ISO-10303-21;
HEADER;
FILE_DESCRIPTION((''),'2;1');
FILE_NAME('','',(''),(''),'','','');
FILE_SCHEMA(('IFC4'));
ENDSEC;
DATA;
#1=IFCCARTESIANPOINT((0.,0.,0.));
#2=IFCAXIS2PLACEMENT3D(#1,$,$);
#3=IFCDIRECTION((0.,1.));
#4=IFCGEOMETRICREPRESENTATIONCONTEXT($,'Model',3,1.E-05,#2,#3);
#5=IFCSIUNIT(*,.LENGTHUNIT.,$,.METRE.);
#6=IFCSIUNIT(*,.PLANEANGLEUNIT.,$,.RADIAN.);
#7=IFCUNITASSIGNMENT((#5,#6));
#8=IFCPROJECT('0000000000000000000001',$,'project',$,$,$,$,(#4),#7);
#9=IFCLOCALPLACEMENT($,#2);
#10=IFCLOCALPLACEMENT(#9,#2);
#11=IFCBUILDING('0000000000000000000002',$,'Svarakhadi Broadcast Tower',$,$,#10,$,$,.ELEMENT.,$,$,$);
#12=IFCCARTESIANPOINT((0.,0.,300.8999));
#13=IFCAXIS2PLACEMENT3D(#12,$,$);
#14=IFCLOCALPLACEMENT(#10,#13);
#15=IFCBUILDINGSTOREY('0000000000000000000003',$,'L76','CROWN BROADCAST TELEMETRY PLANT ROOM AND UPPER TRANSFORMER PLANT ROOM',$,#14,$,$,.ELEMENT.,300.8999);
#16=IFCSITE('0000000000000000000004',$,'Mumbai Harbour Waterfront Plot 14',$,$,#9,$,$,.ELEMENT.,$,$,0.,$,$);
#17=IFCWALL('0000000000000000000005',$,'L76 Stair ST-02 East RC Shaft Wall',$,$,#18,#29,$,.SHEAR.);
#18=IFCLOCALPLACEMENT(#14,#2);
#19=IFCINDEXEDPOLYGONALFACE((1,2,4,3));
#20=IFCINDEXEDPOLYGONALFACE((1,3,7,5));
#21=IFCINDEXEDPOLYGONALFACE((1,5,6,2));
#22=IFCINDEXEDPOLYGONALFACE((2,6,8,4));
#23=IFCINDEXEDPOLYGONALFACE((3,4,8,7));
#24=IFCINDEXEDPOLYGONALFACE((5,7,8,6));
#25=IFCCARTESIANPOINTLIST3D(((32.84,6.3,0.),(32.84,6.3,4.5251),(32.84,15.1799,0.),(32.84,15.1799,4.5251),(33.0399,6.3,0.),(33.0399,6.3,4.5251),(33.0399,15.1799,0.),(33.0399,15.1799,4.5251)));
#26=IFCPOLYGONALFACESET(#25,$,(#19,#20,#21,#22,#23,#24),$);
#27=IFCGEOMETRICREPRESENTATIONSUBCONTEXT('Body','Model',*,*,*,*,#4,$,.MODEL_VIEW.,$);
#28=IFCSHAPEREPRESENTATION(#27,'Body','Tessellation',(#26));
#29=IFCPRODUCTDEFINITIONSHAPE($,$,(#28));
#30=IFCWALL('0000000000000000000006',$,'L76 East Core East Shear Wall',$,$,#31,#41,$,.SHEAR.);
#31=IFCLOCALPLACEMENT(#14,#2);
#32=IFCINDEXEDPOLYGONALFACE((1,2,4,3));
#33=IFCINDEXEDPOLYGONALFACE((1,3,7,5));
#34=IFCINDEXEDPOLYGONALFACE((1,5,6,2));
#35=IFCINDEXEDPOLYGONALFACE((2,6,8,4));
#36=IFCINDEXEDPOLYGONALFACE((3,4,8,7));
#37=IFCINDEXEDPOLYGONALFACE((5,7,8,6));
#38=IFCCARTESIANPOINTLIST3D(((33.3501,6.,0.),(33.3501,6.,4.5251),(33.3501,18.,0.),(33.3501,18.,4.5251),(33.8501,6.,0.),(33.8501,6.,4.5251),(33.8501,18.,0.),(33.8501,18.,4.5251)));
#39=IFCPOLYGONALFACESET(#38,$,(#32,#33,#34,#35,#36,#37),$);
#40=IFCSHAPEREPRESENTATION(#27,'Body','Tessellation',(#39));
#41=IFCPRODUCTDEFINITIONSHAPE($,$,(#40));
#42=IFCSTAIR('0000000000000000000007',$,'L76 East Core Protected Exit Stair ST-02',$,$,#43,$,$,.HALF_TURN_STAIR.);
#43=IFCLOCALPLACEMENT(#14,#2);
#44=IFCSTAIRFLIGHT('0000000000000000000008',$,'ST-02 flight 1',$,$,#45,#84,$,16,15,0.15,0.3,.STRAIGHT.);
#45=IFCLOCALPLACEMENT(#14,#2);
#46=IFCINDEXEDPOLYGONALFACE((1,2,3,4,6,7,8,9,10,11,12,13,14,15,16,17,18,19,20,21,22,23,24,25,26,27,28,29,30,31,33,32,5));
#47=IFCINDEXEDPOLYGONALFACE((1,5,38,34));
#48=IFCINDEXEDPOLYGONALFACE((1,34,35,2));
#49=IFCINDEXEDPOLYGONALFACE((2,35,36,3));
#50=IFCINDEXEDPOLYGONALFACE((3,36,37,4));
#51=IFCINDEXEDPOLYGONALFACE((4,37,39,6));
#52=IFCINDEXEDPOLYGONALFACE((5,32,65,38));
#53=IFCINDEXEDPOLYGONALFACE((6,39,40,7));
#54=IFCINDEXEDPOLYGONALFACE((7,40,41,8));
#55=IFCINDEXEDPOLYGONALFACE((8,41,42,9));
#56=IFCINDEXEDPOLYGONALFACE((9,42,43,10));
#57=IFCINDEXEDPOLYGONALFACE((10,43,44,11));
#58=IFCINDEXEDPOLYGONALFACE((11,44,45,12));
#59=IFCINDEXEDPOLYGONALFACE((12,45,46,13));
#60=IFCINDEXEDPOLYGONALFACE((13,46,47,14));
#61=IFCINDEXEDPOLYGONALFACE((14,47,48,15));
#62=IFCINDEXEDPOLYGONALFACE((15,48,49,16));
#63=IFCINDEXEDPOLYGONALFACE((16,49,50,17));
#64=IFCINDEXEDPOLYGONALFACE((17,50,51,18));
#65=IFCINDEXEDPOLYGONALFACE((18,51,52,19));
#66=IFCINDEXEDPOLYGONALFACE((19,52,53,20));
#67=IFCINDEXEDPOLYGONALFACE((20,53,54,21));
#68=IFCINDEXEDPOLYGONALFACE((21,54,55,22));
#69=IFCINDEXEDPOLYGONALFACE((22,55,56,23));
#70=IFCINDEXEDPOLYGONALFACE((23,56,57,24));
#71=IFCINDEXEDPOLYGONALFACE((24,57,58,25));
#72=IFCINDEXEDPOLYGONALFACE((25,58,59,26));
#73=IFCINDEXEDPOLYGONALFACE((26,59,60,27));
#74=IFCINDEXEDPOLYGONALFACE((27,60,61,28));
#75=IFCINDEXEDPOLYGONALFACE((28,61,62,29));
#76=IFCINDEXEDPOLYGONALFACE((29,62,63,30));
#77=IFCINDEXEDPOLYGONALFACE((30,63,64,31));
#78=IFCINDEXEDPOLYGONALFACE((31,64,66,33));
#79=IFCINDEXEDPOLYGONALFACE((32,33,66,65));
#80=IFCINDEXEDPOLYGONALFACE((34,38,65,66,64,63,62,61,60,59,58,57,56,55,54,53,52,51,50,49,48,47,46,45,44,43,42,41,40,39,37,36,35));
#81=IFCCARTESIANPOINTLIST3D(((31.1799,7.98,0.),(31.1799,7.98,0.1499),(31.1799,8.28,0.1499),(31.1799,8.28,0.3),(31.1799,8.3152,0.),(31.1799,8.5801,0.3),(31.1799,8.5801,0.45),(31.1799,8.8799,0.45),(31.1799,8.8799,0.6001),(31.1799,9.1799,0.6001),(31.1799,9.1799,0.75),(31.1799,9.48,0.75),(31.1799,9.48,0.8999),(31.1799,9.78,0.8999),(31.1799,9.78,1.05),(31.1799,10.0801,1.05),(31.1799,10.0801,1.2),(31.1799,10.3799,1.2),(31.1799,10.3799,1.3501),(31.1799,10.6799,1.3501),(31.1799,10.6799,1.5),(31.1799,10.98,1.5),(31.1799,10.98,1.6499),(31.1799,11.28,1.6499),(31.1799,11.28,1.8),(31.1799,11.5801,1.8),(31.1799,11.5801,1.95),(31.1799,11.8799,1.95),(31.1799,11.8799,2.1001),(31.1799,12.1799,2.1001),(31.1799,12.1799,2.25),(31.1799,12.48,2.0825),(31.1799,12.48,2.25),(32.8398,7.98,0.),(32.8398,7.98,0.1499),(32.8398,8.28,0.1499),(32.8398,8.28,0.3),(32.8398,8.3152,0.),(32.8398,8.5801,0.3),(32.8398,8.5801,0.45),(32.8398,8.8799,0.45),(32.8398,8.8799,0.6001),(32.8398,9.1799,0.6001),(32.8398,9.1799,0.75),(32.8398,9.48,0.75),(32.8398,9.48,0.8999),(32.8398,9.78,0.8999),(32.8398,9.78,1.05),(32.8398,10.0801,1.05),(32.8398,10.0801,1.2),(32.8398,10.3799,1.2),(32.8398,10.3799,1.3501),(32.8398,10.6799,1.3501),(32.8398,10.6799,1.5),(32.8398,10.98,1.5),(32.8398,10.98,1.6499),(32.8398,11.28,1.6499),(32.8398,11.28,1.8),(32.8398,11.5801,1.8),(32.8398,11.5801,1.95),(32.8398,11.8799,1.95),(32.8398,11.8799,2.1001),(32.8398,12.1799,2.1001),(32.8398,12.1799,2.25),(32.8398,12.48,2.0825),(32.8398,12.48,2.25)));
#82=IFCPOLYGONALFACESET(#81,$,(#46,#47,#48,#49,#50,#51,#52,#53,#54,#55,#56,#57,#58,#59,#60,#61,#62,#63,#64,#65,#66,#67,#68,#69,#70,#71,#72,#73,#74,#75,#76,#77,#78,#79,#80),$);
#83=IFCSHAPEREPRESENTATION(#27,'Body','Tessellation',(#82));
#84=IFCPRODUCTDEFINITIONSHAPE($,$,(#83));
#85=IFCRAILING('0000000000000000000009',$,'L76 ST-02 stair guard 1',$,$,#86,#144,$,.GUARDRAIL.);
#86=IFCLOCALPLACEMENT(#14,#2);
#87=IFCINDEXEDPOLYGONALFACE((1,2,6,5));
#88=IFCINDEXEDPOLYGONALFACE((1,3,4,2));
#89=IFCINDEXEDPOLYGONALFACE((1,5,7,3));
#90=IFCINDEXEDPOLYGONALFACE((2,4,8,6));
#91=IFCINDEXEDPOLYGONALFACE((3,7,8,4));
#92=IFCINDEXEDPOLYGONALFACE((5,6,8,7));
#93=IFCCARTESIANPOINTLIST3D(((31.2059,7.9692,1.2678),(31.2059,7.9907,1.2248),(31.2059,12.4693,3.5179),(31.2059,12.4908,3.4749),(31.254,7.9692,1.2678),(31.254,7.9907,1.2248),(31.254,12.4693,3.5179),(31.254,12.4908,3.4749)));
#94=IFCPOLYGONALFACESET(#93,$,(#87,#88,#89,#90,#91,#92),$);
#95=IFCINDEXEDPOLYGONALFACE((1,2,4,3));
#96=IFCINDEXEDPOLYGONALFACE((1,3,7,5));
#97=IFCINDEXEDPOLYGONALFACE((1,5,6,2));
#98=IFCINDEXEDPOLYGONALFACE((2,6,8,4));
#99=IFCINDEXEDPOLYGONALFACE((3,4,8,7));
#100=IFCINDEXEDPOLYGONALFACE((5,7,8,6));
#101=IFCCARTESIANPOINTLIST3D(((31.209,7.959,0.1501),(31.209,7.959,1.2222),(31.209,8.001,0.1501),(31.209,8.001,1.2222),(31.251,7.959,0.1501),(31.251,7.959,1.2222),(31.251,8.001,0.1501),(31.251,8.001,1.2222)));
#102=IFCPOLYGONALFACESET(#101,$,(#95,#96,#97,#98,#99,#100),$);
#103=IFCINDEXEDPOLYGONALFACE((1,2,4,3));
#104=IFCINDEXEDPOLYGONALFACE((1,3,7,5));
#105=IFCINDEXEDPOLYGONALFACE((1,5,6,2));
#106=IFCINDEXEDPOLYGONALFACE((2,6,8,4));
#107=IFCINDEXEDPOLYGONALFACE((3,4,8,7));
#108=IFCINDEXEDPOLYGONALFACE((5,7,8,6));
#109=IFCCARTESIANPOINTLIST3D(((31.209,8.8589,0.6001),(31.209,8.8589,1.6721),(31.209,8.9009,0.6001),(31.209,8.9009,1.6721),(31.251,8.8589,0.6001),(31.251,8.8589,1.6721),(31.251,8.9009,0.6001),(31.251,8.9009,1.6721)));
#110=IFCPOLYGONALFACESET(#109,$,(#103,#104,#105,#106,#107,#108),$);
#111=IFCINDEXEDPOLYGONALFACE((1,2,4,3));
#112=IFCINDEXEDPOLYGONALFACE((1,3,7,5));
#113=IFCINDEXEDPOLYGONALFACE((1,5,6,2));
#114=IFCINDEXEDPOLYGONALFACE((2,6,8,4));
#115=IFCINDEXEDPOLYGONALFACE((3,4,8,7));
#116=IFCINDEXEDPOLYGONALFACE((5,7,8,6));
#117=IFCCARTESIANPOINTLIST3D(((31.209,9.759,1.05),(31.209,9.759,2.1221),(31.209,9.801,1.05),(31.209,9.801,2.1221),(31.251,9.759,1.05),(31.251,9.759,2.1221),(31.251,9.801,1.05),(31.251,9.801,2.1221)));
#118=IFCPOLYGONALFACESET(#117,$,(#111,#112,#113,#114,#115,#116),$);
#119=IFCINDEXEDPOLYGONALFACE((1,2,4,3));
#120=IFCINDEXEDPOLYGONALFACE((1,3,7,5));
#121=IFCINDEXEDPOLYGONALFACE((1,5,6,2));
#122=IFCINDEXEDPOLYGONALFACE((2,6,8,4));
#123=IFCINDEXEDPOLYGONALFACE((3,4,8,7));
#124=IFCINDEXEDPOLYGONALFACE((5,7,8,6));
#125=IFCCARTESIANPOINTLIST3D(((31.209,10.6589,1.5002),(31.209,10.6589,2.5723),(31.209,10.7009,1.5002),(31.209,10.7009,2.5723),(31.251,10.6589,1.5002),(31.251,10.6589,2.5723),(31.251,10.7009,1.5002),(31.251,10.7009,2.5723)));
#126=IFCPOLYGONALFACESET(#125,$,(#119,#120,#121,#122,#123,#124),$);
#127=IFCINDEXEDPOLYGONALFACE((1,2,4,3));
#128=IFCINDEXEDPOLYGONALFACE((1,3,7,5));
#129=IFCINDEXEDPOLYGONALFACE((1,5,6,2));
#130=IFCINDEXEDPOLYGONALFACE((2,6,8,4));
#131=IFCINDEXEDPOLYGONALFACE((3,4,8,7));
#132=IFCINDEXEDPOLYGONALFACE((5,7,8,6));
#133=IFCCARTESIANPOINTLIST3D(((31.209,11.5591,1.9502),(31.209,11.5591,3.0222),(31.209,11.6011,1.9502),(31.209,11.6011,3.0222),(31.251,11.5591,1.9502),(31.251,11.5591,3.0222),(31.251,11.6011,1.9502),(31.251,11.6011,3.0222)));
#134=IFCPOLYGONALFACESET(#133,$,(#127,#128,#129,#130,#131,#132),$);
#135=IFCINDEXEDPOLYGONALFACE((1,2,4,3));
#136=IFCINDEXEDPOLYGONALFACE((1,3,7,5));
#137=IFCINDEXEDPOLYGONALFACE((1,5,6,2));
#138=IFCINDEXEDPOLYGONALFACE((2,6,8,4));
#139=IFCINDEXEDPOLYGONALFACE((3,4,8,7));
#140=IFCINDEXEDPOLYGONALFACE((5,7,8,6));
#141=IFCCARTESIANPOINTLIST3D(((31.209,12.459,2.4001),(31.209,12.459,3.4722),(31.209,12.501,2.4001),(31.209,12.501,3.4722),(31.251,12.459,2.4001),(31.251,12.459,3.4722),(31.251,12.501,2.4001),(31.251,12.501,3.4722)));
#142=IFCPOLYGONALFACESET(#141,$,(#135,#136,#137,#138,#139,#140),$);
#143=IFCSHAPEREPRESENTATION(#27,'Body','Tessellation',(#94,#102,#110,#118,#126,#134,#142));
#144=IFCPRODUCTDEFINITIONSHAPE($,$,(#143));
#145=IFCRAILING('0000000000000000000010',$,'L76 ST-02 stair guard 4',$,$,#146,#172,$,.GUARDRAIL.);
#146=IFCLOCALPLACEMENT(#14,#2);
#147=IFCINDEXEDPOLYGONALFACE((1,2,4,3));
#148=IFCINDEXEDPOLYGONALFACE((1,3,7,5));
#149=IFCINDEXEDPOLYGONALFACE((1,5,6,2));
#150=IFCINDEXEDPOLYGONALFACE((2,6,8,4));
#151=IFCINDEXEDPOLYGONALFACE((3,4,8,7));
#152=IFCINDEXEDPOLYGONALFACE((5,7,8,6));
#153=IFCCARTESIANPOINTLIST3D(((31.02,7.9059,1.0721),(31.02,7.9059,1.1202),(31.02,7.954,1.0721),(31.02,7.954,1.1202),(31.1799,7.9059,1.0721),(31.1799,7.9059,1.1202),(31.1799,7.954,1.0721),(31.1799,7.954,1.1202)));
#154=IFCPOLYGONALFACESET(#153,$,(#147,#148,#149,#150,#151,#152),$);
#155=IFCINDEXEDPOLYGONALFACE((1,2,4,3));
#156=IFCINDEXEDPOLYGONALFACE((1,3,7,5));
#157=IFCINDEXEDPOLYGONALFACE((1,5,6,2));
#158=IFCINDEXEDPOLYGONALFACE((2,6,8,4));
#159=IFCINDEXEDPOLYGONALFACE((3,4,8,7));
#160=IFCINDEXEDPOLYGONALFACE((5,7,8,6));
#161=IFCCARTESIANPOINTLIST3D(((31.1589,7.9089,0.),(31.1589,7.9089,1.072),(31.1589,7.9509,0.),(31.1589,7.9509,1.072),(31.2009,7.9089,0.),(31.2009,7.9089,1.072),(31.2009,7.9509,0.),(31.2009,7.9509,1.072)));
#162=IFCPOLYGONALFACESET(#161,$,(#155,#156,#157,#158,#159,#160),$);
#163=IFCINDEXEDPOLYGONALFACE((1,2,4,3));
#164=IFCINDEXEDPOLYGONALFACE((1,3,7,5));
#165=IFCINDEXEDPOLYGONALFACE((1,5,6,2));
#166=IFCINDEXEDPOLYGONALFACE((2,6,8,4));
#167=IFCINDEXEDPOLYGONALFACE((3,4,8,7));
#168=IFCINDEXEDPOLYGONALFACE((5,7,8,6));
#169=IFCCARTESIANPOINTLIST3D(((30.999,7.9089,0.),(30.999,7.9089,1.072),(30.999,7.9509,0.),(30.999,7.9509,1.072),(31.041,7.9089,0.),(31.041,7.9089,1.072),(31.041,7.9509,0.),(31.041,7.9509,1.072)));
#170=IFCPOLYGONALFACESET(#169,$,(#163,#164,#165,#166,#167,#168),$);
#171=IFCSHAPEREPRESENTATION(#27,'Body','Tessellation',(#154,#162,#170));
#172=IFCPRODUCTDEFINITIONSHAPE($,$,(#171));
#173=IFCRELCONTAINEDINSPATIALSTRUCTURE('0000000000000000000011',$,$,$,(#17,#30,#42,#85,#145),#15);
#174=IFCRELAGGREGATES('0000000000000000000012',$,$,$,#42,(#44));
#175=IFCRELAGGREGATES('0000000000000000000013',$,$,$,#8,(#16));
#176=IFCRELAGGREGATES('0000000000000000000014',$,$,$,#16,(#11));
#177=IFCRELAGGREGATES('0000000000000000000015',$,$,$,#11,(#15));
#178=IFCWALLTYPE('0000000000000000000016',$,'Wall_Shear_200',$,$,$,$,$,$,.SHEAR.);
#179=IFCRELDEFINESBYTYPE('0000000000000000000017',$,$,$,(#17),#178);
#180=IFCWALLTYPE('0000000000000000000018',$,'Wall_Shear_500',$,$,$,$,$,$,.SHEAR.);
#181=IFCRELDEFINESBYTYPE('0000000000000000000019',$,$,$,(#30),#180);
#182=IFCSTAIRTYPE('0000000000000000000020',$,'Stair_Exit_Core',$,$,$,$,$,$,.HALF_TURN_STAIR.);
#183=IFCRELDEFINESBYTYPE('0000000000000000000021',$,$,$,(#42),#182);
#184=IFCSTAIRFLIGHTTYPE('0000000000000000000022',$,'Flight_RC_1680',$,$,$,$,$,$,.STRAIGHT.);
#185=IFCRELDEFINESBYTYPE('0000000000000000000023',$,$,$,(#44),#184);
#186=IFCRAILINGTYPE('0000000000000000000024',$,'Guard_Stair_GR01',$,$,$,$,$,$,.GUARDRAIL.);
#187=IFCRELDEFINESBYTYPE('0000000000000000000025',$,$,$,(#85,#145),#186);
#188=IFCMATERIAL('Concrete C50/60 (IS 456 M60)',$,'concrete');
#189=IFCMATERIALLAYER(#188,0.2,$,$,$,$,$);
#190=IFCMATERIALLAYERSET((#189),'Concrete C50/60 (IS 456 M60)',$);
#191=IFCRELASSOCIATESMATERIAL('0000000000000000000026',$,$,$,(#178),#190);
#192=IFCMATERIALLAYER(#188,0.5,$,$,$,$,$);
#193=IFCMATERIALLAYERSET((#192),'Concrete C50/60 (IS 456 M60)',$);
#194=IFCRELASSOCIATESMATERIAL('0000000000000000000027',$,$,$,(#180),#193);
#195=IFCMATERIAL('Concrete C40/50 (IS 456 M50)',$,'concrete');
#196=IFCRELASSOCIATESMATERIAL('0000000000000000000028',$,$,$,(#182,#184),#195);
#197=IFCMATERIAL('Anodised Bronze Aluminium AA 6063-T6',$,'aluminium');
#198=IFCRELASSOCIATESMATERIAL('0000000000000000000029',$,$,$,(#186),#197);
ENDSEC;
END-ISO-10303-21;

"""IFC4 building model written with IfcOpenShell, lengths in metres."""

from ifc_helpers import new_model, si_unit, direction, frame, frame_2d, origin, origin_2d, place, context, subcontext, project, spatial, polyline, rectangle, outline, extrude, material, layer, layer_set, type_object, element, aggregate, save


model = new_model("IFC4")

# Units and contexts
model_context = context("Model", 3, precision=1e-05, world=origin(), true_north=direction((0.0, 1.0)))
body_context = subcontext(model_context, "Body", "Model", "MODEL_VIEW")
ifc_project = project(units=[si_unit("LENGTHUNIT", "METRE"), si_unit("PLANEANGLEUNIT", "RADIAN")], contexts=[model_context])

# Site, building, storey
site_placement = place(None, origin())
site = spatial("IfcSite", under=ifc_project, at=site_placement, Name="Mumbai Harbour Waterfront Plot 14", CompositionType="ELEMENT", RefElevation=0.0)
building_placement = place(site_placement, origin())
building = spatial("IfcBuilding", under=site, at=building_placement, Name="Svarakhadi Broadcast Tower", CompositionType="ELEMENT")
storey_placement = place(building_placement, frame((0.0, 0.0, 300.8999)))
storey = spatial("IfcBuildingStorey", under=building, at=storey_placement, Name="L76", Description="CROWN BROADCAST TELEMETRY PLANT ROOM AND UPPER TRANSFORMER PLANT ROOM", CompositionType="ELEMENT", Elevation=300.8999)

# Shared definitions
ifc_material_1 = material(Name="Concrete C50/60 (IS 456 M60)", Category="concrete")

# Shared definitions
ifc_material_2 = material(Name="Anodised Bronze Aluminium AA 6063-T6", Category="aluminium")

# Walls
ifc_material_3 = material(Name="Concrete C40/50 (IS 456 M50)", Category="concrete")
ifc_layer_1 = layer(ifc_material_1, 0.2)
ifc_layer_set_1 = layer_set([ifc_layer_1], Name="Concrete C50/60 (IS 456 M60)")
wall_type_1 = type_object("IfcWallType", Name="Wall_Shear_200", PredefinedType="SHEAR", material=ifc_layer_set_1)
wall_1_placement = place(storey_placement, frame((32.9399, 6.3, 0.0), z_axis=(0.0, 0.0, 1.0), x_axis=(0.0, 1.0, 0.0)))
element("IfcWall", 1, at=wall_1_placement, inside=storey, type_object=wall_type_1, Name="L76 Stair ST-02 East RC Shaft Wall", PredefinedType="SHEAR", context=body_context, shape_type="SweptSolid", body=[
    extrude(rectangle(XDim=8.8799, YDim=0.2, at=frame_2d((4.4399, 0.0))), origin(), (0.0, 0.0, 1.0), 4.5251),
])
ifc_layer_2 = layer(ifc_material_1, 0.5)
ifc_layer_set_2 = layer_set([ifc_layer_2], Name="Concrete C50/60 (IS 456 M60)")
wall_type_2 = type_object("IfcWallType", Name="Wall_Shear_500", PredefinedType="SHEAR", material=ifc_layer_set_2)
wall_2_placement = place(storey_placement, frame((33.6001, 6.0, 0.0), z_axis=(0.0, 0.0, 1.0), x_axis=(0.0, 1.0, 0.0)))
element("IfcWall", 2, at=wall_2_placement, inside=storey, type_object=wall_type_2, Name="L76 East Core East Shear Wall", PredefinedType="SHEAR", context=body_context, shape_type="SweptSolid", body=[
    extrude(rectangle(XDim=12.0, YDim=0.5, at=frame_2d((6.0, 0.0))), origin(), (0.0, 0.0, 1.0), 4.5251),
])

# Stair, stair flight
stair_type = type_object("IfcStairType", Name="Stair_Exit_Core", PredefinedType="HALF_TURN_STAIR", material=ifc_material_3)
stair_placement = place(storey_placement, origin())
stair = element("IfcStair", 3, at=stair_placement, inside=storey, type_object=stair_type, Name="L76 East Core Protected Exit Stair ST-02", PredefinedType="HALF_TURN_STAIR")
stair_flight_type = type_object("IfcStairFlightType", Name="Flight_RC_1680", PredefinedType="STRAIGHT", material=ifc_material_3)
stair_flight_placement = place(storey_placement, frame((32.01, 7.98, 0.0), z_axis=(0.0, 0.0, 1.0), x_axis=(0.0, 1.0, 0.0)))
stair_flight = element("IfcStairFlight", 4, at=stair_flight_placement, type_object=stair_flight_type, Name="ST-02 flight 1", NumberOfRisers=16, NumberOfTreads=15, PredefinedType="STRAIGHT", RiserHeight=0.15, TreadLength=0.3, context=body_context, shape_type="SweptSolid", body=[
    extrude(outline(polyline([(0.0, 0.0), (0.0, 0.1499), (0.3, 0.1499), (0.3, 0.3), (0.6001, 0.3), (0.6001, 0.45), (0.8999, 0.45), (0.8999, 0.6001), (1.2, 0.6001), (1.2, 0.75), (1.5, 0.75), (1.5, 0.8999), (1.8, 0.8999), (1.8, 1.05), (2.1001, 1.05), (2.1001, 1.2), (2.3999, 1.2), (2.3999, 1.3501), (2.7, 1.3501), (2.7, 1.5), (3.0, 1.5), (3.0, 1.6499), (3.3, 1.6499), (3.3, 1.8), (3.6001, 1.8), (3.6001, 1.95), (3.8999, 1.95), (3.8999, 2.1001), (4.2, 2.1001), (4.2, 2.25), (4.5, 2.25), (4.5, 2.3999), (4.5, 2.0825), (0.3352, 0.0), (0.0, 0.0)])), frame((0.0, 0.8301, 0.0), z_axis=(0.0, -1.0, 0.0), x_axis=(1.0, 0.0, 0.0)), (0.0, 0.0, 1.0), 1.6599),
])
aggregate(stair, [stair_flight])

# Railings
railing_type_1 = type_object("IfcRailingType", Name="Guard_Stair_GR01", PredefinedType="GUARDRAIL", material=ifc_material_2)
railing_1_placement = place(storey_placement, frame((31.23, 7.98, 0.1501)))
element("IfcRailing", 5, at=railing_1_placement, inside=storey, type_object=railing_type_1, Name="L76 ST-02 stair guard 1", PredefinedType="GUARDRAIL", context=body_context, shape_type="SweptSolid", body=[
    extrude(rectangle(XDim=0.0481, YDim=0.0481, at=origin_2d()), frame((0.0, 0.0, 1.0962), z_axis=(0.0, 0.894427, 0.447214), x_axis=(-1.0, 0.0, 0.0)), (0.0, 0.0, 1.0), 5.0312),
    extrude(rectangle(XDim=0.042, YDim=0.042, at=origin_2d()), origin(), (0.0, 0.0, 1.0), 1.072),
    extrude(rectangle(XDim=0.042, YDim=0.042, at=origin_2d()), frame((0.0, 0.8999, 0.45)), (0.0, 0.0, 1.0), 1.072),
    extrude(rectangle(XDim=0.042, YDim=0.042, at=origin_2d()), frame((0.0, 1.8, 0.8999)), (0.0, 0.0, 1.0), 1.072),
    extrude(rectangle(XDim=0.042, YDim=0.042, at=origin_2d()), frame((0.0, 2.7, 1.3501)), (0.0, 0.0, 1.0), 1.072),
    extrude(rectangle(XDim=0.042, YDim=0.042, at=origin_2d()), frame((0.0, 3.6001, 1.8)), (0.0, 0.0, 1.0), 1.072),
    extrude(rectangle(XDim=0.042, YDim=0.042, at=origin_2d()), frame((0.0, 4.5, 2.25)), (0.0, 0.0, 1.0), 1.072),
])
railing_2_placement = place(storey_placement, frame((31.1799, 7.9299, 0.0)))
element("IfcRailing", 6, at=railing_2_placement, inside=storey, type_object=railing_type_1, Name="L76 ST-02 stair guard 4", PredefinedType="GUARDRAIL", context=body_context, shape_type="SweptSolid", body=[
    extrude(rectangle(XDim=0.0481, YDim=0.0481, at=origin_2d()), frame((0.0, 0.0, 1.0962), z_axis=(-1.0, 0.0, 0.0), x_axis=(0.0, -1.0, 0.0)), (0.0, 0.0, 1.0), 0.1599),
    extrude(rectangle(XDim=0.042, YDim=0.042, at=origin_2d()), origin(), (0.0, 0.0, 1.0), 1.072),
    extrude(rectangle(XDim=0.042, YDim=0.042, at=origin_2d()), frame((-0.1599, 0.0, 0.0)), (0.0, 0.0, 1.0), 1.072),
])

save(model, "model.ifc")
